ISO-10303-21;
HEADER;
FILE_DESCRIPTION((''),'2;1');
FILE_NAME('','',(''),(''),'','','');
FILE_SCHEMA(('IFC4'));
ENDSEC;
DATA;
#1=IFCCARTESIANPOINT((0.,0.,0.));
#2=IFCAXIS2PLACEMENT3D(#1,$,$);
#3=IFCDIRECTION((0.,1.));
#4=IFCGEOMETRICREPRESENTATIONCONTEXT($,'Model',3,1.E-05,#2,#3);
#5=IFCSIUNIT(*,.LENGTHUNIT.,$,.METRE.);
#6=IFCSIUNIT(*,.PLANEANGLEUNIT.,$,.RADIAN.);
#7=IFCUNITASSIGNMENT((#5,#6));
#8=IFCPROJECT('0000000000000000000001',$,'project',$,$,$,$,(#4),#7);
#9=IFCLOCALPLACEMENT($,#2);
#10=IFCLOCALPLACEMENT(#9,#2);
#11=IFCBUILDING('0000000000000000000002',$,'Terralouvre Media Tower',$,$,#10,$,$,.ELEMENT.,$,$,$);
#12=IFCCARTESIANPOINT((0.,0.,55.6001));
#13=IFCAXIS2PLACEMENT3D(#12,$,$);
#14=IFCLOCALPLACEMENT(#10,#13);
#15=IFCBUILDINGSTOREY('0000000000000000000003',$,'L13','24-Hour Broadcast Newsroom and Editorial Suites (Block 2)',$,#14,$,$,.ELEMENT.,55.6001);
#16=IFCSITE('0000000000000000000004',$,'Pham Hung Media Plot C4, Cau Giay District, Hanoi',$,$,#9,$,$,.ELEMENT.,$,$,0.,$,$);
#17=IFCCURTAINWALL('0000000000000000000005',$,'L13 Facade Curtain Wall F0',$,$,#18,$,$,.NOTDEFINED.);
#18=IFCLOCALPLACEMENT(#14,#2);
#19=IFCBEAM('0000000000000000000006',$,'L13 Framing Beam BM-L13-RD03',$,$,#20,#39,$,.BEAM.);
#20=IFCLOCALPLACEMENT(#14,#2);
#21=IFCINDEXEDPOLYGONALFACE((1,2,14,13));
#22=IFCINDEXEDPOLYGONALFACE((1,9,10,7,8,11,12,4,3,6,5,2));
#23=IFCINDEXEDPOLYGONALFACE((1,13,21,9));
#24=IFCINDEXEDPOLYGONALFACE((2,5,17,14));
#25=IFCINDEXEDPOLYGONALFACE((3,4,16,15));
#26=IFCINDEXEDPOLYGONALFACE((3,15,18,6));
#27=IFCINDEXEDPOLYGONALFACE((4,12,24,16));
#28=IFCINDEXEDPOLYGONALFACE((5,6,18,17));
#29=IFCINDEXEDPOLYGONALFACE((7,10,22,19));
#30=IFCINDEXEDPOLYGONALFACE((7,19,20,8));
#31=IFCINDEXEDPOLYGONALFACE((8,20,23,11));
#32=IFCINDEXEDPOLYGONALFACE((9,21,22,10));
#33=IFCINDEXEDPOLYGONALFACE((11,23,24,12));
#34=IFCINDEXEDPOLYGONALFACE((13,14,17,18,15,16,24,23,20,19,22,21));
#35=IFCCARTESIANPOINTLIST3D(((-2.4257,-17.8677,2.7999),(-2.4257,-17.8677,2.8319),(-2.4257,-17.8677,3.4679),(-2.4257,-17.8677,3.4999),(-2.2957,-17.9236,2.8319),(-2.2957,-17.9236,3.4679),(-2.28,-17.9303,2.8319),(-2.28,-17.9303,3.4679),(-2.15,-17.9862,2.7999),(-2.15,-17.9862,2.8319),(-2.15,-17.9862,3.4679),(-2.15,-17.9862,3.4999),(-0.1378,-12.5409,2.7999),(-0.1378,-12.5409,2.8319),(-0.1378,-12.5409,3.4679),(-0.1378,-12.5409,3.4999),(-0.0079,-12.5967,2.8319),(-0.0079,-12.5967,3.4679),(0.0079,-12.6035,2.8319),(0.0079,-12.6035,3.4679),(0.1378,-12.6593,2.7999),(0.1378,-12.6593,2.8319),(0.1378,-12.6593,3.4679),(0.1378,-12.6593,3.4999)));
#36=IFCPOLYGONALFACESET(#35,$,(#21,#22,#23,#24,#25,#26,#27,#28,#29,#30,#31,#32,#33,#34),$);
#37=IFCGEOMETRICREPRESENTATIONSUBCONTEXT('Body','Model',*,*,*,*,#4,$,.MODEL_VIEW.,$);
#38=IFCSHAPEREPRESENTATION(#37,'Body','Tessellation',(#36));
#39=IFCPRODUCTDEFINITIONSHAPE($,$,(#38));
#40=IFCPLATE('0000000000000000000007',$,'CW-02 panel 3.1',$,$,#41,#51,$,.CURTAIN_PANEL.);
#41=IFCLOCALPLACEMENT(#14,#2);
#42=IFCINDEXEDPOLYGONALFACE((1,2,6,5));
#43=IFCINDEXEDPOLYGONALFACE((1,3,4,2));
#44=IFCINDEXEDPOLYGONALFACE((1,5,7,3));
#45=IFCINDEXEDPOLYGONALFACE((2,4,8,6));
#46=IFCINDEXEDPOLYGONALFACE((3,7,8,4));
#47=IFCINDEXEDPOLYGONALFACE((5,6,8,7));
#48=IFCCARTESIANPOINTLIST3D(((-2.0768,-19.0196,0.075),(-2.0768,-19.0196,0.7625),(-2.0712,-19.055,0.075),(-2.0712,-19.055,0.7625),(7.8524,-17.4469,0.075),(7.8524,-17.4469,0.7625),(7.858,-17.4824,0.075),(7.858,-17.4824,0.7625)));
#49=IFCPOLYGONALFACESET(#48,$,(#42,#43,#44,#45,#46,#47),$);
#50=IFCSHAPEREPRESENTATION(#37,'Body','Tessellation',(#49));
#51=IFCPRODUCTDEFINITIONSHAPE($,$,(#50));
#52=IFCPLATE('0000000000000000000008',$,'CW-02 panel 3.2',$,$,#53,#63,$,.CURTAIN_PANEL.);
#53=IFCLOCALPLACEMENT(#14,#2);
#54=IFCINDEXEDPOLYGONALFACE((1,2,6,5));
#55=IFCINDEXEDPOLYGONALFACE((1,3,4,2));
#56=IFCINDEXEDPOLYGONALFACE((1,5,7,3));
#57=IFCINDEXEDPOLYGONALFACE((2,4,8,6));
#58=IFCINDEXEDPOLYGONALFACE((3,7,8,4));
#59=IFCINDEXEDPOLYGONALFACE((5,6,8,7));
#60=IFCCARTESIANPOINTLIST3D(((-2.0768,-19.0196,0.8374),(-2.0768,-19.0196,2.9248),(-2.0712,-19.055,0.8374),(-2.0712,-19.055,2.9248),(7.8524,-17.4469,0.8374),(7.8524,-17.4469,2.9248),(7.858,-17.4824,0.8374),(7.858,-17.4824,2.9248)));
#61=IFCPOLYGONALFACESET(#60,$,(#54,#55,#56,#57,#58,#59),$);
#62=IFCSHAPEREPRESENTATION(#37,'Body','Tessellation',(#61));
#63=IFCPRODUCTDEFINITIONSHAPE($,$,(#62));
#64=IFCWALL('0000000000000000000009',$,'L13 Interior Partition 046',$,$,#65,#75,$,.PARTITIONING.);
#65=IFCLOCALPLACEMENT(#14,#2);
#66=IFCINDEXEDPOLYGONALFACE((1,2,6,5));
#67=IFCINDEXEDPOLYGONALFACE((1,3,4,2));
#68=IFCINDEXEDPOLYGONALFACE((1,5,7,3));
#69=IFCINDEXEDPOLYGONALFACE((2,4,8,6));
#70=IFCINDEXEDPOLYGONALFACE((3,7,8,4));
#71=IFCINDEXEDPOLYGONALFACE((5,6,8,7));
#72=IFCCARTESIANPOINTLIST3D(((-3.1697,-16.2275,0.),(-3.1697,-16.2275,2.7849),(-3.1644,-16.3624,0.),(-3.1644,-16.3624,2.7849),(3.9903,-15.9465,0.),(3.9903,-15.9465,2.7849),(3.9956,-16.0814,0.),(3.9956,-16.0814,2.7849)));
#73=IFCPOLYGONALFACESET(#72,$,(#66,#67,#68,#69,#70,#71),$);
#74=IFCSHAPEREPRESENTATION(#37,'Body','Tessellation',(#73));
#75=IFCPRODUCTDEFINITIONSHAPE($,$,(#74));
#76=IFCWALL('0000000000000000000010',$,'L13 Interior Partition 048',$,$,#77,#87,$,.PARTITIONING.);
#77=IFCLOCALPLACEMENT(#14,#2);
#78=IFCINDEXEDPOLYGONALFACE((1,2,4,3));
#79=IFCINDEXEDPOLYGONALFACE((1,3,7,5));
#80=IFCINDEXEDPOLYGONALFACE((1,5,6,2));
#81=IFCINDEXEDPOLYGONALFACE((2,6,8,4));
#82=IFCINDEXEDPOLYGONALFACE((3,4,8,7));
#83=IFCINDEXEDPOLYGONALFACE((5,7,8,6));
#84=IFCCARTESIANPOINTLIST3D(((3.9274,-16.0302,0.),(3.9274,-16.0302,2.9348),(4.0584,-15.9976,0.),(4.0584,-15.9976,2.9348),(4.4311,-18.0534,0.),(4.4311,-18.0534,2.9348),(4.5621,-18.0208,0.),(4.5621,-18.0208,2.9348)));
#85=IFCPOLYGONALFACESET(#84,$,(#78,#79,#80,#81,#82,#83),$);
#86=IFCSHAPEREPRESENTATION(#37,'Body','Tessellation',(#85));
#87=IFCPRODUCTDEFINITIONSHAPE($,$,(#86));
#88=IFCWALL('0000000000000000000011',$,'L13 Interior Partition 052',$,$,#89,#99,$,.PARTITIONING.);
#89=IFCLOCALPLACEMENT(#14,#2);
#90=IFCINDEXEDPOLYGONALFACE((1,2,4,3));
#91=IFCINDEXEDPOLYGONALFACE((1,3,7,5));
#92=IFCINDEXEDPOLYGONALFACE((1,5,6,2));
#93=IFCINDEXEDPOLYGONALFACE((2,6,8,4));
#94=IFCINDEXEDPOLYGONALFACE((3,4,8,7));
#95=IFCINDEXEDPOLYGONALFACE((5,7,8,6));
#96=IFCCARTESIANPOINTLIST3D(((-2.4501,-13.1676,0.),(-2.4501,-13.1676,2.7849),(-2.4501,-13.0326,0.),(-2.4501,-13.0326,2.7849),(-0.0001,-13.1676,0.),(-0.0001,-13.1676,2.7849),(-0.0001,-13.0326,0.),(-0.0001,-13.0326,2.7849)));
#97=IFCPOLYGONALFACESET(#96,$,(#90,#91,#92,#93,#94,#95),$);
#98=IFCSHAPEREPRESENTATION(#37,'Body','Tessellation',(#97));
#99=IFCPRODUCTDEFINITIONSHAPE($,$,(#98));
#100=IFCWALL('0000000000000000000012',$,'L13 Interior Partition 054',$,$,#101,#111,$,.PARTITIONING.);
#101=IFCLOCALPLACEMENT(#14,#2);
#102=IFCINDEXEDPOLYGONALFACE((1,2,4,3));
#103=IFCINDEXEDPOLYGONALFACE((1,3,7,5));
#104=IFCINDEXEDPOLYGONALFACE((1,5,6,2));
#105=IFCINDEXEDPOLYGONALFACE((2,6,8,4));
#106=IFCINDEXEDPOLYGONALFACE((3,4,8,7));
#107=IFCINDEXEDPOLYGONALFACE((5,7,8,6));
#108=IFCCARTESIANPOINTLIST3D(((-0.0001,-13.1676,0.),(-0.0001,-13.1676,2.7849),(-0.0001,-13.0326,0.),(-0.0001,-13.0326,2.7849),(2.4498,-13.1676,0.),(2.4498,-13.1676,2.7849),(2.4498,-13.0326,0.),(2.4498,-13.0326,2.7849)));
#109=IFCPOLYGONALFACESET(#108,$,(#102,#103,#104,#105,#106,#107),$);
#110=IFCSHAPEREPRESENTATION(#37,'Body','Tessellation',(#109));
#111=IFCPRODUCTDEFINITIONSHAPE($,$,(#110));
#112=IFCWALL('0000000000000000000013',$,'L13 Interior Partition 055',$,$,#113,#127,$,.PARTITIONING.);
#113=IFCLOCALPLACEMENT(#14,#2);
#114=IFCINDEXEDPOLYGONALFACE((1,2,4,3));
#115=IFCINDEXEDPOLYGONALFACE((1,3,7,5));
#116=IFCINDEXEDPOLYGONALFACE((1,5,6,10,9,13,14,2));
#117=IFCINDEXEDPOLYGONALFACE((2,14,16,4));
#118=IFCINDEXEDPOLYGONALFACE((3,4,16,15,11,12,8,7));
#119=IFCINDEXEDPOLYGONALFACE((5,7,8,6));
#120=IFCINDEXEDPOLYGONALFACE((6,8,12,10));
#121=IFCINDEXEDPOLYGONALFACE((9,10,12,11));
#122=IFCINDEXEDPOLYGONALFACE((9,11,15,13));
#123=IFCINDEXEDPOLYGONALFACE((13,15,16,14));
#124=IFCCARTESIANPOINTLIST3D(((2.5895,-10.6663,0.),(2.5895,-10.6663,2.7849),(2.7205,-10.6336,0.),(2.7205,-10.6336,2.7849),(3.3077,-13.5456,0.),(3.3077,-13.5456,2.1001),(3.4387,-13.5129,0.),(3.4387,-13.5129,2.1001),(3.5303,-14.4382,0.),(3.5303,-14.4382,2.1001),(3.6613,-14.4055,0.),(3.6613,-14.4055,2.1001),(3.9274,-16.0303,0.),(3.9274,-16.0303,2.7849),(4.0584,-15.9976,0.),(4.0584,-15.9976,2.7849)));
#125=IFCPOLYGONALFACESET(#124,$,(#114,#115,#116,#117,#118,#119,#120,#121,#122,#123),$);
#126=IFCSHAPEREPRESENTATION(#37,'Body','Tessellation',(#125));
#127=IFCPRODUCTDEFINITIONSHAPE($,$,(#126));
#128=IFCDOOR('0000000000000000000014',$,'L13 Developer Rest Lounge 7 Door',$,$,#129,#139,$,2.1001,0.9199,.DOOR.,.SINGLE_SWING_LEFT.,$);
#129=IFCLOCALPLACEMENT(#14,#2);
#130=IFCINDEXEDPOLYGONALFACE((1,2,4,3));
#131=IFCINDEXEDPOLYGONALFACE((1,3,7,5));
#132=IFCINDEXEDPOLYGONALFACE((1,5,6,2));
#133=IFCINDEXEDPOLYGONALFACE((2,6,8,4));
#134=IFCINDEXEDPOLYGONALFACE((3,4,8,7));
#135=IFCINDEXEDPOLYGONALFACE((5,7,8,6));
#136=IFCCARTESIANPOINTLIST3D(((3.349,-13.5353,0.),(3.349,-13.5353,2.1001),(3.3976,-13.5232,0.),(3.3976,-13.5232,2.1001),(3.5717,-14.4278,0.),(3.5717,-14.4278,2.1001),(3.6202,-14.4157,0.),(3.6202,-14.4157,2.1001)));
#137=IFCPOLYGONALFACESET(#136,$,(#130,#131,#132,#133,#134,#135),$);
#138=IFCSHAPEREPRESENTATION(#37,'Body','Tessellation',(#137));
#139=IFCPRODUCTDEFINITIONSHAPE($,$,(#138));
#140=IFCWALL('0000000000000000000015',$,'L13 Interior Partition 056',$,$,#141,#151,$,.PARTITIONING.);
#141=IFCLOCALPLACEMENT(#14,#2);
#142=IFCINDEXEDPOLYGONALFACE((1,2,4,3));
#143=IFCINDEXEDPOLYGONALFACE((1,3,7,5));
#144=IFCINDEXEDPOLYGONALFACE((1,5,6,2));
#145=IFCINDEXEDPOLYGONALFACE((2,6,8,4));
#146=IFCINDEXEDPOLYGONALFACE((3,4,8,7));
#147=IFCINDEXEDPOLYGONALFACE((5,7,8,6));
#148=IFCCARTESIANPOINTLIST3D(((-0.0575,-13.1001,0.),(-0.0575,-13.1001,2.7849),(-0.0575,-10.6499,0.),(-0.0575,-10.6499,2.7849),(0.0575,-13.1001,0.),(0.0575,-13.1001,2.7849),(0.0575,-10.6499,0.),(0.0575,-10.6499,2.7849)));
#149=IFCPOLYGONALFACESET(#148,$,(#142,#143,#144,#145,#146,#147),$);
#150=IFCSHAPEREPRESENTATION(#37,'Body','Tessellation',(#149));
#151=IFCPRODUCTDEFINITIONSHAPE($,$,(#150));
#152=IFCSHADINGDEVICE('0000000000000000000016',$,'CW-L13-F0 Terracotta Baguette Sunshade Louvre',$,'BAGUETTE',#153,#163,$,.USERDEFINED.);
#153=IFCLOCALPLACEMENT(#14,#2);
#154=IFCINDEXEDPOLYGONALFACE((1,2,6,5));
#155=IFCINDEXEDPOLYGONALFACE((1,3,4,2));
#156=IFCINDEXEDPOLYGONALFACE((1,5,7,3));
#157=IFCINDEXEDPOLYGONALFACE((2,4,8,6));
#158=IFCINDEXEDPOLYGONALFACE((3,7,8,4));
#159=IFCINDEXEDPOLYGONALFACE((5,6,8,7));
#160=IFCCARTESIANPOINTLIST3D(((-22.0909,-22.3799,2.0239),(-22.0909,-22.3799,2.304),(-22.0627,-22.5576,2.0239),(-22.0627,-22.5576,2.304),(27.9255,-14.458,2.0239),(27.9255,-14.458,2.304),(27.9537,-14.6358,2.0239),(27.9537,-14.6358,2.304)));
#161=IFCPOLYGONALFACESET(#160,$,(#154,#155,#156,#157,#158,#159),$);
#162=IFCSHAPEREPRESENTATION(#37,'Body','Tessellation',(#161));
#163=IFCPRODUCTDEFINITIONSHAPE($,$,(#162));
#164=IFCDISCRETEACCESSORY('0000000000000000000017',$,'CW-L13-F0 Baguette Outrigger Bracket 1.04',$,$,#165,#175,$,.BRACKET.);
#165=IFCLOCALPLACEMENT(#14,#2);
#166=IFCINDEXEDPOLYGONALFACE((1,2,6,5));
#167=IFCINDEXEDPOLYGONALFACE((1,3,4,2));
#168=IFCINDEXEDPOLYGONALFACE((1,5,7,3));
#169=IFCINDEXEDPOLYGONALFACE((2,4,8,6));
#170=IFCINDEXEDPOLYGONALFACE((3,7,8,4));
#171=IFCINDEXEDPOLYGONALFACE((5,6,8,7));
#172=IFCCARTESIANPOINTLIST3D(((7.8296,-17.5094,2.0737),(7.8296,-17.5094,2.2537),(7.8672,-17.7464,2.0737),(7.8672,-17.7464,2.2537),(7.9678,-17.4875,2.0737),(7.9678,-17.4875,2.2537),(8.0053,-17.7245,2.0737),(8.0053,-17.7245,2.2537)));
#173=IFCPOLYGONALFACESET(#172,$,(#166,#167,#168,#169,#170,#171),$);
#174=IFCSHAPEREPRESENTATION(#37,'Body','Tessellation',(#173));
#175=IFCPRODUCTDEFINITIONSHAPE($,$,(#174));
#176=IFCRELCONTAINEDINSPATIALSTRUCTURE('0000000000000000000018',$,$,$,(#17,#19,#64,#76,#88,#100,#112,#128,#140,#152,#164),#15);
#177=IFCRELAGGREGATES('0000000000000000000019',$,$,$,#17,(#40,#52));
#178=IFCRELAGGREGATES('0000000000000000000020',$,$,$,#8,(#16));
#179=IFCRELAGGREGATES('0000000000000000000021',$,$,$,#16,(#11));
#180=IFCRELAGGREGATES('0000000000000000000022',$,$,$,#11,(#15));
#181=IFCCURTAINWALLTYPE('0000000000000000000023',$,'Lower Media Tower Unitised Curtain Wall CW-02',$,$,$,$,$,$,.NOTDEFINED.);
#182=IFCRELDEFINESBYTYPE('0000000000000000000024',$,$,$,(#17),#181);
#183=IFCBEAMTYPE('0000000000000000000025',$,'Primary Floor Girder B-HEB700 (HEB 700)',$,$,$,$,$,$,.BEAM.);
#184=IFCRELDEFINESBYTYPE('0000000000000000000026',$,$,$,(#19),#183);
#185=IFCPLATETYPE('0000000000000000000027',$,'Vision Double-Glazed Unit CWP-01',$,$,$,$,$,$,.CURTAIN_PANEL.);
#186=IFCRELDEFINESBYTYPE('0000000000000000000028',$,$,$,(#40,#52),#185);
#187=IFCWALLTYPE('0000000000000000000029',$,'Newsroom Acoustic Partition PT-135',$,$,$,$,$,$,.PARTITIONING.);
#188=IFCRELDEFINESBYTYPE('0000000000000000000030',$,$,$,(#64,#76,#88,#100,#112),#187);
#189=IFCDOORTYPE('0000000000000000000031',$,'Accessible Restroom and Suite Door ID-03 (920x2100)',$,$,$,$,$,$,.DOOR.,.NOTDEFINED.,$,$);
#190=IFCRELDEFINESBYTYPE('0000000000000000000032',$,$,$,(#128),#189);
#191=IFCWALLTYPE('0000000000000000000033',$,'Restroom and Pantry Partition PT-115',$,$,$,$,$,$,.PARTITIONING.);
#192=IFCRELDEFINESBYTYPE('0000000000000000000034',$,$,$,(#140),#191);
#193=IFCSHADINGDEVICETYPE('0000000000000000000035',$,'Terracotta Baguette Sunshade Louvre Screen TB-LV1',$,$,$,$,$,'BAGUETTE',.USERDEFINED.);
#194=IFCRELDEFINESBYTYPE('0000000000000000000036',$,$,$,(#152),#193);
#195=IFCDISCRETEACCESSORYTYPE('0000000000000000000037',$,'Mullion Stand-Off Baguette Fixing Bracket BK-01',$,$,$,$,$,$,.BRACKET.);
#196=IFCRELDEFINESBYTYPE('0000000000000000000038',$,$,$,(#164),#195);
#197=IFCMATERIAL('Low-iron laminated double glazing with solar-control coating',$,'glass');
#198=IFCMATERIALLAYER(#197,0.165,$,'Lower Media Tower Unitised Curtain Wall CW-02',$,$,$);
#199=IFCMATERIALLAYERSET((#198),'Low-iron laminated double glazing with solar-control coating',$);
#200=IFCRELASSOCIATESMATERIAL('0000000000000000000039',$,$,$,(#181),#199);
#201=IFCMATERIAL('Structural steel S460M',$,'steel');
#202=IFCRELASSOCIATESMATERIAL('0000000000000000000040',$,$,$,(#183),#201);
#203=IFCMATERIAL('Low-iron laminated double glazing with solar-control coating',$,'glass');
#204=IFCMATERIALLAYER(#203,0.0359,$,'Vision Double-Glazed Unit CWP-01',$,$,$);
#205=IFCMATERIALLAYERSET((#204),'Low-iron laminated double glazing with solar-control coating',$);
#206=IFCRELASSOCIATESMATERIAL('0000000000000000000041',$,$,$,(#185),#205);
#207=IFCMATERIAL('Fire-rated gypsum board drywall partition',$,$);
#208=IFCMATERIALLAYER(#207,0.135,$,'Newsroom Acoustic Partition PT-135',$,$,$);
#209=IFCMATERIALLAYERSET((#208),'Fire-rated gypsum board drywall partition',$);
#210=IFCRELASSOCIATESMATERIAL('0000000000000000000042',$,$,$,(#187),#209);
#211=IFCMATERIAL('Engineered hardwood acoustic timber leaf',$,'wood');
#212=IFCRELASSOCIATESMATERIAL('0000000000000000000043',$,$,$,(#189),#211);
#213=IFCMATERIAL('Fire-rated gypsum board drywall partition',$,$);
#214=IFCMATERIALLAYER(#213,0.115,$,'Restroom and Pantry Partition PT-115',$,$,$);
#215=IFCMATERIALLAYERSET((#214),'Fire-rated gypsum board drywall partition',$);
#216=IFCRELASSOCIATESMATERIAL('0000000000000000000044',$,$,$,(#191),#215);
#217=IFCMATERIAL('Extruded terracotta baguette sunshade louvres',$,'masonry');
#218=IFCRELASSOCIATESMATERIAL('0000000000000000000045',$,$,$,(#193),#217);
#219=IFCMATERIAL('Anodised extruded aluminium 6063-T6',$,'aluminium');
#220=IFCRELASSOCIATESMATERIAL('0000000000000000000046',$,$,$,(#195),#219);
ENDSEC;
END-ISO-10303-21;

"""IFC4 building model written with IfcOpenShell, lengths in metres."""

from ifc_helpers import new_model, si_unit, direction, frame, frame_2d, origin, origin_2d, place, context, subcontext, project, spatial, rectangle, i_section, extrude, material, layer, layer_set, material_profile, profile_set, type_object, element, fill, aggregate, save


model = new_model("IFC4")

# Units and contexts
model_context = context("Model", 3, precision=1e-05, world=origin(), true_north=direction((0.0, 1.0)))
body_context = subcontext(model_context, "Body", "Model", "MODEL_VIEW")
ifc_project = project(units=[si_unit("LENGTHUNIT", "METRE"), si_unit("PLANEANGLEUNIT", "RADIAN")], contexts=[model_context])

# Site, building, storey
site_placement = place(None, origin())
site = spatial("IfcSite", under=ifc_project, at=site_placement, Name="Pham Hung Media Plot C4, Cau Giay District, Hanoi", CompositionType="ELEMENT", RefElevation=0.0)
building_placement = place(site_placement, origin())
building = spatial("IfcBuilding", under=site, at=building_placement, Name="Terralouvre Media Tower", CompositionType="ELEMENT")
storey_placement = place(building_placement, frame((0.0, 0.0, 55.6001)))
storey = spatial("IfcBuildingStorey", under=building, at=storey_placement, Name="L13", Description="24-Hour Broadcast Newsroom and Editorial Suites (Block 2)", CompositionType="ELEMENT", Elevation=55.6001)

# Curtain wall
ifc_material_1 = material(Name="Low-iron laminated double glazing with solar-control coating", Category="glass")
ifc_layer_1 = layer(ifc_material_1, 0.165, Name="Lower Media Tower Unitised Curtain Wall CW-02")
ifc_layer_set_1 = layer_set([ifc_layer_1], Name="Low-iron laminated double glazing with solar-control coating")
curtain_wall_type = type_object("IfcCurtainWallType", Name="Lower Media Tower Unitised Curtain Wall CW-02", PredefinedType="NOTDEFINED", material=ifc_layer_set_1)
curtain_wall_placement = place(storey_placement, origin())
curtain_wall = element("IfcCurtainWall", 1, at=curtain_wall_placement, inside=storey, type_object=curtain_wall_type, Name="L13 Facade Curtain Wall F0", PredefinedType="NOTDEFINED")

# Beam
ifc_material_2 = material(Name="Structural steel S460M", Category="steel")
ifc_material_profile_1 = material_profile(ifc_material_2, i_section(OverallWidth=0.3, OverallDepth=0.7, WebThickness=0.0171, FlangeThickness=0.032, at=origin_2d()), Name="HEB 700")
ifc_profile_set_1 = profile_set([ifc_material_profile_1], Name="Structural steel S460M")
beam_type_1 = type_object("IfcBeamType", Name="Primary Floor Girder B-HEB700 (HEB 700)", PredefinedType="BEAM", material=ifc_profile_set_1)
beam_1_placement = place(storey_placement, frame((0.0, -12.6001, 3.1499), z_axis=(-0.394631, -0.91884, 0.0), x_axis=(0.91884, -0.394631, 0.0)))
element("IfcBeam", 2, at=beam_1_placement, inside=storey, type_object=beam_type_1, Name="L13 Framing Beam BM-L13-RD03", PredefinedType="BEAM", context=body_context, shape_type="SweptSolid", body=[
    extrude(i_section(OverallWidth=0.3, OverallDepth=0.7, WebThickness=0.0171, FlangeThickness=0.032, at=origin_2d()), origin(), (0.0, 0.0, 1.0), 5.7974),
])

# Plates
ifc_material_3 = material(Name="Low-iron laminated double glazing with solar-control coating", Category="glass")
ifc_layer_2 = layer(ifc_material_3, 0.0359, Name="Vision Double-Glazed Unit CWP-01")
ifc_layer_set_2 = layer_set([ifc_layer_2], Name="Low-iron laminated double glazing with solar-control coating")
plate_type = type_object("IfcPlateType", Name="Vision Double-Glazed Unit CWP-01", PredefinedType="CURTAIN_PANEL", material=ifc_layer_set_2)
plate_1_placement = place(storey_placement, frame((2.8906, -18.251, 0.075), z_axis=(0.0, 0.0, 1.0), x_axis=(0.987688, 0.156434, 0.0)))
plate_1 = element("IfcPlate", 3, at=plate_1_placement, type_object=plate_type, Name="CW-02 panel 3.1", PredefinedType="CURTAIN_PANEL", context=body_context, shape_type="SweptSolid", body=[
    extrude(rectangle(XDim=10.053, YDim=0.0359, at=origin_2d()), origin(), (0.0, 0.0, 1.0), 0.6875),
])
plate_2_placement = place(storey_placement, frame((2.8906, -18.251, 0.8374), z_axis=(0.0, 0.0, 1.0), x_axis=(0.987688, 0.156434, 0.0)))
plate_2 = element("IfcPlate", 4, at=plate_2_placement, type_object=plate_type, Name="CW-02 panel 3.2", PredefinedType="CURTAIN_PANEL", context=body_context, shape_type="SweptSolid", body=[
    extrude(rectangle(XDim=10.053, YDim=0.0359, at=origin_2d()), origin(), (0.0, 0.0, 1.0), 2.0874),
])
aggregate(curtain_wall, [plate_1, plate_2])

# Walls
ifc_material_4 = material(Name="Fire-rated gypsum board drywall partition")
ifc_layer_3 = layer(ifc_material_4, 0.135, Name="Newsroom Acoustic Partition PT-135")
ifc_layer_set_3 = layer_set([ifc_layer_3], Name="Fire-rated gypsum board drywall partition")
wall_type_1 = type_object("IfcWallType", Name="Newsroom Acoustic Partition PT-135", PredefinedType="PARTITIONING", material=ifc_layer_set_3)
wall_1_placement = place(storey_placement, frame((3.9929, -16.0139, 0.0), z_axis=(0.0, 0.0, 1.0), x_axis=(-0.999231, -0.039217, 0.0)))
element("IfcWall", 5, at=wall_1_placement, inside=storey, type_object=wall_type_1, Name="L13 Interior Partition 046", PredefinedType="PARTITIONING", context=body_context, shape_type="SweptSolid", body=[
    extrude(rectangle(XDim=7.1655, YDim=0.135, at=frame_2d((3.5828, 0.0))), origin(), (0.0, 0.0, 1.0), 2.7849),
])
wall_2_placement = place(storey_placement, frame((4.4966, -18.0371, 0.0), z_axis=(0.0, 0.0, 1.0), x_axis=(-0.241571, 0.970383, 0.0)))
element("IfcWall", 6, at=wall_2_placement, inside=storey, type_object=wall_type_1, Name="L13 Interior Partition 048", PredefinedType="PARTITIONING", context=body_context, shape_type="SweptSolid", body=[
    extrude(rectangle(XDim=2.085, YDim=0.135, at=frame_2d((1.0425, 0.0))), origin(), (0.0, 0.0, 1.0), 2.9348),
])
for number, where, z_axis, x_axis, name in (
    (7, (0.0, -13.1001, 0.0), (0.0, 0.0, 1.0), (-1.0, 0.0, 0.0), "L13 Interior Partition 052"),
    (8, (2.45, -13.1001, 0.0), (0.0, 0.0, 1.0), (-1.0, 0.0, 0.0), "L13 Interior Partition 054"),
):
    element("IfcWall", number, at=place(storey_placement, frame(where, z_axis=z_axis, x_axis=x_axis)), inside=storey, type_object=wall_type_1, Name=name, PredefinedType="PARTITIONING", context=body_context, shape_type="SweptSolid", body=[
        extrude(rectangle(XDim=2.45, YDim=0.135, at=frame_2d((1.2251, 0.0))), origin(), (0.0, 0.0, 1.0), 2.7849),
    ])

# Wall, opening, door
wall_3_placement = place(storey_placement, frame((3.9929, -16.0139, 0.0), z_axis=(0.0, 0.0, 1.0), x_axis=(-0.242006, 0.970275, 0.0)))
wall_3 = element("IfcWall", 9, at=wall_3_placement, inside=storey, type_object=wall_type_1, Name="L13 Interior Partition 055", PredefinedType="PARTITIONING", context=body_context, shape_type="SweptSolid", body=[
    extrude(rectangle(XDim=5.5283, YDim=0.135, at=frame_2d((2.7642, 0.0))), origin(), (0.0, 0.0, 1.0), 2.7849),
])
opening_placement = place(wall_3_placement, frame((1.6409, 0.0, 0.0)))
opening = element("IfcOpeningElement", 10, at=opening_placement, cuts=wall_3, PredefinedType="OPENING", context=body_context, shape_type="SweptSolid", body=[
    extrude(rectangle(XDim=0.9199, YDim=2.1001, at=frame_2d((0.46, 1.05))), frame((0.0, 0.0774, 0.0), z_axis=(0.0, -1.0, 0.0), x_axis=(1.0, 0.0, 0.0)), (0.0, 0.0, 1.0), 0.155),
])
ifc_material_5 = material(Name="Engineered hardwood acoustic timber leaf", Category="wood")
door_type = type_object("IfcDoorType", Name="Accessible Restroom and Suite Door ID-03 (920x2100)", OperationType="NOTDEFINED", PredefinedType="DOOR", material=ifc_material_5)
door_placement = place(opening_placement, origin())
door = element("IfcDoor", 11, at=door_placement, inside=storey, type_object=door_type, Name="L13 Developer Rest Lounge 7 Door", OperationType="SINGLE_SWING_LEFT", OverallHeight=2.1001, OverallWidth=0.9199, PredefinedType="DOOR", context=body_context, shape_type="SweptSolid", body=[
    extrude(rectangle(XDim=0.9199, YDim=2.1001, at=frame_2d((0.46, 1.05))), frame((0.0, 0.0249, 0.0), z_axis=(0.0, -1.0, 0.0), x_axis=(1.0, 0.0, 0.0)), (0.0, 0.0, 1.0), 0.05),
])
fill(opening, door)

# Wall
ifc_material_6 = material(Name="Fire-rated gypsum board drywall partition")
ifc_layer_4 = layer(ifc_material_6, 0.115, Name="Restroom and Pantry Partition PT-115")
ifc_layer_set_4 = layer_set([ifc_layer_4], Name="Fire-rated gypsum board drywall partition")
wall_type_2 = type_object("IfcWallType", Name="Restroom and Pantry Partition PT-115", PredefinedType="PARTITIONING", material=ifc_layer_set_4)
wall_4_placement = place(storey_placement, frame((0.0, -13.1001, 0.0), z_axis=(0.0, 0.0, 1.0), x_axis=(0.0, 1.0, 0.0)))
element("IfcWall", 12, at=wall_4_placement, inside=storey, type_object=wall_type_2, Name="L13 Interior Partition 056", PredefinedType="PARTITIONING", context=body_context, shape_type="SweptSolid", body=[
    extrude(rectangle(XDim=2.4502, YDim=0.115, at=frame_2d((1.2251, 0.0))), origin(), (0.0, 0.0, 1.0), 2.7849),
])

# Shading device
ifc_material_7 = material(Name="Extruded terracotta baguette sunshade louvres", Category="masonry")
shading_device_type = type_object("IfcShadingDeviceType", Name="Terracotta Baguette Sunshade Louvre Screen TB-LV1", ElementType="BAGUETTE", PredefinedType="USERDEFINED", material=ifc_material_7)
shading_device_placement = place(storey_placement, frame((2.9314, -18.5078, 2.0239), z_axis=(0.0, 0.0, 1.0), x_axis=(0.987688, 0.156434, 0.0)))
element("IfcShadingDevice", 13, at=shading_device_placement, inside=storey, type_object=shading_device_type, Name="CW-L13-F0 Terracotta Baguette Sunshade Louvre", ObjectType="BAGUETTE", PredefinedType="USERDEFINED", context=body_context, shape_type="SweptSolid", body=[
    extrude(rectangle(XDim=50.6399, YDim=0.1799, at=origin_2d()), origin(), (0.0, 0.0, 1.0), 0.28),
])

# Discrete accessory
ifc_material_8 = material(Name="Anodised extruded aluminium 6063-T6", Category="aluminium")
discrete_accessory_type = type_object("IfcDiscreteAccessoryType", Name="Mullion Stand-Off Baguette Fixing Bracket BK-01", PredefinedType="BRACKET", material=ifc_material_8)
discrete_accessory_placement = place(storey_placement, frame((7.9175, -17.6169, 2.0737), z_axis=(0.0, 0.0, 1.0), x_axis=(0.987688, 0.156434, 0.0)))
element("IfcDiscreteAccessory", 14, at=discrete_accessory_placement, inside=storey, type_object=discrete_accessory_type, Name="CW-L13-F0 Baguette Outrigger Bracket 1.04", PredefinedType="BRACKET", context=body_context, shape_type="SweptSolid", body=[
    extrude(rectangle(XDim=0.1399, YDim=0.24, at=origin_2d()), origin(), (0.0, 0.0, 1.0), 0.1799),
])

save(model, "model.ifc")
